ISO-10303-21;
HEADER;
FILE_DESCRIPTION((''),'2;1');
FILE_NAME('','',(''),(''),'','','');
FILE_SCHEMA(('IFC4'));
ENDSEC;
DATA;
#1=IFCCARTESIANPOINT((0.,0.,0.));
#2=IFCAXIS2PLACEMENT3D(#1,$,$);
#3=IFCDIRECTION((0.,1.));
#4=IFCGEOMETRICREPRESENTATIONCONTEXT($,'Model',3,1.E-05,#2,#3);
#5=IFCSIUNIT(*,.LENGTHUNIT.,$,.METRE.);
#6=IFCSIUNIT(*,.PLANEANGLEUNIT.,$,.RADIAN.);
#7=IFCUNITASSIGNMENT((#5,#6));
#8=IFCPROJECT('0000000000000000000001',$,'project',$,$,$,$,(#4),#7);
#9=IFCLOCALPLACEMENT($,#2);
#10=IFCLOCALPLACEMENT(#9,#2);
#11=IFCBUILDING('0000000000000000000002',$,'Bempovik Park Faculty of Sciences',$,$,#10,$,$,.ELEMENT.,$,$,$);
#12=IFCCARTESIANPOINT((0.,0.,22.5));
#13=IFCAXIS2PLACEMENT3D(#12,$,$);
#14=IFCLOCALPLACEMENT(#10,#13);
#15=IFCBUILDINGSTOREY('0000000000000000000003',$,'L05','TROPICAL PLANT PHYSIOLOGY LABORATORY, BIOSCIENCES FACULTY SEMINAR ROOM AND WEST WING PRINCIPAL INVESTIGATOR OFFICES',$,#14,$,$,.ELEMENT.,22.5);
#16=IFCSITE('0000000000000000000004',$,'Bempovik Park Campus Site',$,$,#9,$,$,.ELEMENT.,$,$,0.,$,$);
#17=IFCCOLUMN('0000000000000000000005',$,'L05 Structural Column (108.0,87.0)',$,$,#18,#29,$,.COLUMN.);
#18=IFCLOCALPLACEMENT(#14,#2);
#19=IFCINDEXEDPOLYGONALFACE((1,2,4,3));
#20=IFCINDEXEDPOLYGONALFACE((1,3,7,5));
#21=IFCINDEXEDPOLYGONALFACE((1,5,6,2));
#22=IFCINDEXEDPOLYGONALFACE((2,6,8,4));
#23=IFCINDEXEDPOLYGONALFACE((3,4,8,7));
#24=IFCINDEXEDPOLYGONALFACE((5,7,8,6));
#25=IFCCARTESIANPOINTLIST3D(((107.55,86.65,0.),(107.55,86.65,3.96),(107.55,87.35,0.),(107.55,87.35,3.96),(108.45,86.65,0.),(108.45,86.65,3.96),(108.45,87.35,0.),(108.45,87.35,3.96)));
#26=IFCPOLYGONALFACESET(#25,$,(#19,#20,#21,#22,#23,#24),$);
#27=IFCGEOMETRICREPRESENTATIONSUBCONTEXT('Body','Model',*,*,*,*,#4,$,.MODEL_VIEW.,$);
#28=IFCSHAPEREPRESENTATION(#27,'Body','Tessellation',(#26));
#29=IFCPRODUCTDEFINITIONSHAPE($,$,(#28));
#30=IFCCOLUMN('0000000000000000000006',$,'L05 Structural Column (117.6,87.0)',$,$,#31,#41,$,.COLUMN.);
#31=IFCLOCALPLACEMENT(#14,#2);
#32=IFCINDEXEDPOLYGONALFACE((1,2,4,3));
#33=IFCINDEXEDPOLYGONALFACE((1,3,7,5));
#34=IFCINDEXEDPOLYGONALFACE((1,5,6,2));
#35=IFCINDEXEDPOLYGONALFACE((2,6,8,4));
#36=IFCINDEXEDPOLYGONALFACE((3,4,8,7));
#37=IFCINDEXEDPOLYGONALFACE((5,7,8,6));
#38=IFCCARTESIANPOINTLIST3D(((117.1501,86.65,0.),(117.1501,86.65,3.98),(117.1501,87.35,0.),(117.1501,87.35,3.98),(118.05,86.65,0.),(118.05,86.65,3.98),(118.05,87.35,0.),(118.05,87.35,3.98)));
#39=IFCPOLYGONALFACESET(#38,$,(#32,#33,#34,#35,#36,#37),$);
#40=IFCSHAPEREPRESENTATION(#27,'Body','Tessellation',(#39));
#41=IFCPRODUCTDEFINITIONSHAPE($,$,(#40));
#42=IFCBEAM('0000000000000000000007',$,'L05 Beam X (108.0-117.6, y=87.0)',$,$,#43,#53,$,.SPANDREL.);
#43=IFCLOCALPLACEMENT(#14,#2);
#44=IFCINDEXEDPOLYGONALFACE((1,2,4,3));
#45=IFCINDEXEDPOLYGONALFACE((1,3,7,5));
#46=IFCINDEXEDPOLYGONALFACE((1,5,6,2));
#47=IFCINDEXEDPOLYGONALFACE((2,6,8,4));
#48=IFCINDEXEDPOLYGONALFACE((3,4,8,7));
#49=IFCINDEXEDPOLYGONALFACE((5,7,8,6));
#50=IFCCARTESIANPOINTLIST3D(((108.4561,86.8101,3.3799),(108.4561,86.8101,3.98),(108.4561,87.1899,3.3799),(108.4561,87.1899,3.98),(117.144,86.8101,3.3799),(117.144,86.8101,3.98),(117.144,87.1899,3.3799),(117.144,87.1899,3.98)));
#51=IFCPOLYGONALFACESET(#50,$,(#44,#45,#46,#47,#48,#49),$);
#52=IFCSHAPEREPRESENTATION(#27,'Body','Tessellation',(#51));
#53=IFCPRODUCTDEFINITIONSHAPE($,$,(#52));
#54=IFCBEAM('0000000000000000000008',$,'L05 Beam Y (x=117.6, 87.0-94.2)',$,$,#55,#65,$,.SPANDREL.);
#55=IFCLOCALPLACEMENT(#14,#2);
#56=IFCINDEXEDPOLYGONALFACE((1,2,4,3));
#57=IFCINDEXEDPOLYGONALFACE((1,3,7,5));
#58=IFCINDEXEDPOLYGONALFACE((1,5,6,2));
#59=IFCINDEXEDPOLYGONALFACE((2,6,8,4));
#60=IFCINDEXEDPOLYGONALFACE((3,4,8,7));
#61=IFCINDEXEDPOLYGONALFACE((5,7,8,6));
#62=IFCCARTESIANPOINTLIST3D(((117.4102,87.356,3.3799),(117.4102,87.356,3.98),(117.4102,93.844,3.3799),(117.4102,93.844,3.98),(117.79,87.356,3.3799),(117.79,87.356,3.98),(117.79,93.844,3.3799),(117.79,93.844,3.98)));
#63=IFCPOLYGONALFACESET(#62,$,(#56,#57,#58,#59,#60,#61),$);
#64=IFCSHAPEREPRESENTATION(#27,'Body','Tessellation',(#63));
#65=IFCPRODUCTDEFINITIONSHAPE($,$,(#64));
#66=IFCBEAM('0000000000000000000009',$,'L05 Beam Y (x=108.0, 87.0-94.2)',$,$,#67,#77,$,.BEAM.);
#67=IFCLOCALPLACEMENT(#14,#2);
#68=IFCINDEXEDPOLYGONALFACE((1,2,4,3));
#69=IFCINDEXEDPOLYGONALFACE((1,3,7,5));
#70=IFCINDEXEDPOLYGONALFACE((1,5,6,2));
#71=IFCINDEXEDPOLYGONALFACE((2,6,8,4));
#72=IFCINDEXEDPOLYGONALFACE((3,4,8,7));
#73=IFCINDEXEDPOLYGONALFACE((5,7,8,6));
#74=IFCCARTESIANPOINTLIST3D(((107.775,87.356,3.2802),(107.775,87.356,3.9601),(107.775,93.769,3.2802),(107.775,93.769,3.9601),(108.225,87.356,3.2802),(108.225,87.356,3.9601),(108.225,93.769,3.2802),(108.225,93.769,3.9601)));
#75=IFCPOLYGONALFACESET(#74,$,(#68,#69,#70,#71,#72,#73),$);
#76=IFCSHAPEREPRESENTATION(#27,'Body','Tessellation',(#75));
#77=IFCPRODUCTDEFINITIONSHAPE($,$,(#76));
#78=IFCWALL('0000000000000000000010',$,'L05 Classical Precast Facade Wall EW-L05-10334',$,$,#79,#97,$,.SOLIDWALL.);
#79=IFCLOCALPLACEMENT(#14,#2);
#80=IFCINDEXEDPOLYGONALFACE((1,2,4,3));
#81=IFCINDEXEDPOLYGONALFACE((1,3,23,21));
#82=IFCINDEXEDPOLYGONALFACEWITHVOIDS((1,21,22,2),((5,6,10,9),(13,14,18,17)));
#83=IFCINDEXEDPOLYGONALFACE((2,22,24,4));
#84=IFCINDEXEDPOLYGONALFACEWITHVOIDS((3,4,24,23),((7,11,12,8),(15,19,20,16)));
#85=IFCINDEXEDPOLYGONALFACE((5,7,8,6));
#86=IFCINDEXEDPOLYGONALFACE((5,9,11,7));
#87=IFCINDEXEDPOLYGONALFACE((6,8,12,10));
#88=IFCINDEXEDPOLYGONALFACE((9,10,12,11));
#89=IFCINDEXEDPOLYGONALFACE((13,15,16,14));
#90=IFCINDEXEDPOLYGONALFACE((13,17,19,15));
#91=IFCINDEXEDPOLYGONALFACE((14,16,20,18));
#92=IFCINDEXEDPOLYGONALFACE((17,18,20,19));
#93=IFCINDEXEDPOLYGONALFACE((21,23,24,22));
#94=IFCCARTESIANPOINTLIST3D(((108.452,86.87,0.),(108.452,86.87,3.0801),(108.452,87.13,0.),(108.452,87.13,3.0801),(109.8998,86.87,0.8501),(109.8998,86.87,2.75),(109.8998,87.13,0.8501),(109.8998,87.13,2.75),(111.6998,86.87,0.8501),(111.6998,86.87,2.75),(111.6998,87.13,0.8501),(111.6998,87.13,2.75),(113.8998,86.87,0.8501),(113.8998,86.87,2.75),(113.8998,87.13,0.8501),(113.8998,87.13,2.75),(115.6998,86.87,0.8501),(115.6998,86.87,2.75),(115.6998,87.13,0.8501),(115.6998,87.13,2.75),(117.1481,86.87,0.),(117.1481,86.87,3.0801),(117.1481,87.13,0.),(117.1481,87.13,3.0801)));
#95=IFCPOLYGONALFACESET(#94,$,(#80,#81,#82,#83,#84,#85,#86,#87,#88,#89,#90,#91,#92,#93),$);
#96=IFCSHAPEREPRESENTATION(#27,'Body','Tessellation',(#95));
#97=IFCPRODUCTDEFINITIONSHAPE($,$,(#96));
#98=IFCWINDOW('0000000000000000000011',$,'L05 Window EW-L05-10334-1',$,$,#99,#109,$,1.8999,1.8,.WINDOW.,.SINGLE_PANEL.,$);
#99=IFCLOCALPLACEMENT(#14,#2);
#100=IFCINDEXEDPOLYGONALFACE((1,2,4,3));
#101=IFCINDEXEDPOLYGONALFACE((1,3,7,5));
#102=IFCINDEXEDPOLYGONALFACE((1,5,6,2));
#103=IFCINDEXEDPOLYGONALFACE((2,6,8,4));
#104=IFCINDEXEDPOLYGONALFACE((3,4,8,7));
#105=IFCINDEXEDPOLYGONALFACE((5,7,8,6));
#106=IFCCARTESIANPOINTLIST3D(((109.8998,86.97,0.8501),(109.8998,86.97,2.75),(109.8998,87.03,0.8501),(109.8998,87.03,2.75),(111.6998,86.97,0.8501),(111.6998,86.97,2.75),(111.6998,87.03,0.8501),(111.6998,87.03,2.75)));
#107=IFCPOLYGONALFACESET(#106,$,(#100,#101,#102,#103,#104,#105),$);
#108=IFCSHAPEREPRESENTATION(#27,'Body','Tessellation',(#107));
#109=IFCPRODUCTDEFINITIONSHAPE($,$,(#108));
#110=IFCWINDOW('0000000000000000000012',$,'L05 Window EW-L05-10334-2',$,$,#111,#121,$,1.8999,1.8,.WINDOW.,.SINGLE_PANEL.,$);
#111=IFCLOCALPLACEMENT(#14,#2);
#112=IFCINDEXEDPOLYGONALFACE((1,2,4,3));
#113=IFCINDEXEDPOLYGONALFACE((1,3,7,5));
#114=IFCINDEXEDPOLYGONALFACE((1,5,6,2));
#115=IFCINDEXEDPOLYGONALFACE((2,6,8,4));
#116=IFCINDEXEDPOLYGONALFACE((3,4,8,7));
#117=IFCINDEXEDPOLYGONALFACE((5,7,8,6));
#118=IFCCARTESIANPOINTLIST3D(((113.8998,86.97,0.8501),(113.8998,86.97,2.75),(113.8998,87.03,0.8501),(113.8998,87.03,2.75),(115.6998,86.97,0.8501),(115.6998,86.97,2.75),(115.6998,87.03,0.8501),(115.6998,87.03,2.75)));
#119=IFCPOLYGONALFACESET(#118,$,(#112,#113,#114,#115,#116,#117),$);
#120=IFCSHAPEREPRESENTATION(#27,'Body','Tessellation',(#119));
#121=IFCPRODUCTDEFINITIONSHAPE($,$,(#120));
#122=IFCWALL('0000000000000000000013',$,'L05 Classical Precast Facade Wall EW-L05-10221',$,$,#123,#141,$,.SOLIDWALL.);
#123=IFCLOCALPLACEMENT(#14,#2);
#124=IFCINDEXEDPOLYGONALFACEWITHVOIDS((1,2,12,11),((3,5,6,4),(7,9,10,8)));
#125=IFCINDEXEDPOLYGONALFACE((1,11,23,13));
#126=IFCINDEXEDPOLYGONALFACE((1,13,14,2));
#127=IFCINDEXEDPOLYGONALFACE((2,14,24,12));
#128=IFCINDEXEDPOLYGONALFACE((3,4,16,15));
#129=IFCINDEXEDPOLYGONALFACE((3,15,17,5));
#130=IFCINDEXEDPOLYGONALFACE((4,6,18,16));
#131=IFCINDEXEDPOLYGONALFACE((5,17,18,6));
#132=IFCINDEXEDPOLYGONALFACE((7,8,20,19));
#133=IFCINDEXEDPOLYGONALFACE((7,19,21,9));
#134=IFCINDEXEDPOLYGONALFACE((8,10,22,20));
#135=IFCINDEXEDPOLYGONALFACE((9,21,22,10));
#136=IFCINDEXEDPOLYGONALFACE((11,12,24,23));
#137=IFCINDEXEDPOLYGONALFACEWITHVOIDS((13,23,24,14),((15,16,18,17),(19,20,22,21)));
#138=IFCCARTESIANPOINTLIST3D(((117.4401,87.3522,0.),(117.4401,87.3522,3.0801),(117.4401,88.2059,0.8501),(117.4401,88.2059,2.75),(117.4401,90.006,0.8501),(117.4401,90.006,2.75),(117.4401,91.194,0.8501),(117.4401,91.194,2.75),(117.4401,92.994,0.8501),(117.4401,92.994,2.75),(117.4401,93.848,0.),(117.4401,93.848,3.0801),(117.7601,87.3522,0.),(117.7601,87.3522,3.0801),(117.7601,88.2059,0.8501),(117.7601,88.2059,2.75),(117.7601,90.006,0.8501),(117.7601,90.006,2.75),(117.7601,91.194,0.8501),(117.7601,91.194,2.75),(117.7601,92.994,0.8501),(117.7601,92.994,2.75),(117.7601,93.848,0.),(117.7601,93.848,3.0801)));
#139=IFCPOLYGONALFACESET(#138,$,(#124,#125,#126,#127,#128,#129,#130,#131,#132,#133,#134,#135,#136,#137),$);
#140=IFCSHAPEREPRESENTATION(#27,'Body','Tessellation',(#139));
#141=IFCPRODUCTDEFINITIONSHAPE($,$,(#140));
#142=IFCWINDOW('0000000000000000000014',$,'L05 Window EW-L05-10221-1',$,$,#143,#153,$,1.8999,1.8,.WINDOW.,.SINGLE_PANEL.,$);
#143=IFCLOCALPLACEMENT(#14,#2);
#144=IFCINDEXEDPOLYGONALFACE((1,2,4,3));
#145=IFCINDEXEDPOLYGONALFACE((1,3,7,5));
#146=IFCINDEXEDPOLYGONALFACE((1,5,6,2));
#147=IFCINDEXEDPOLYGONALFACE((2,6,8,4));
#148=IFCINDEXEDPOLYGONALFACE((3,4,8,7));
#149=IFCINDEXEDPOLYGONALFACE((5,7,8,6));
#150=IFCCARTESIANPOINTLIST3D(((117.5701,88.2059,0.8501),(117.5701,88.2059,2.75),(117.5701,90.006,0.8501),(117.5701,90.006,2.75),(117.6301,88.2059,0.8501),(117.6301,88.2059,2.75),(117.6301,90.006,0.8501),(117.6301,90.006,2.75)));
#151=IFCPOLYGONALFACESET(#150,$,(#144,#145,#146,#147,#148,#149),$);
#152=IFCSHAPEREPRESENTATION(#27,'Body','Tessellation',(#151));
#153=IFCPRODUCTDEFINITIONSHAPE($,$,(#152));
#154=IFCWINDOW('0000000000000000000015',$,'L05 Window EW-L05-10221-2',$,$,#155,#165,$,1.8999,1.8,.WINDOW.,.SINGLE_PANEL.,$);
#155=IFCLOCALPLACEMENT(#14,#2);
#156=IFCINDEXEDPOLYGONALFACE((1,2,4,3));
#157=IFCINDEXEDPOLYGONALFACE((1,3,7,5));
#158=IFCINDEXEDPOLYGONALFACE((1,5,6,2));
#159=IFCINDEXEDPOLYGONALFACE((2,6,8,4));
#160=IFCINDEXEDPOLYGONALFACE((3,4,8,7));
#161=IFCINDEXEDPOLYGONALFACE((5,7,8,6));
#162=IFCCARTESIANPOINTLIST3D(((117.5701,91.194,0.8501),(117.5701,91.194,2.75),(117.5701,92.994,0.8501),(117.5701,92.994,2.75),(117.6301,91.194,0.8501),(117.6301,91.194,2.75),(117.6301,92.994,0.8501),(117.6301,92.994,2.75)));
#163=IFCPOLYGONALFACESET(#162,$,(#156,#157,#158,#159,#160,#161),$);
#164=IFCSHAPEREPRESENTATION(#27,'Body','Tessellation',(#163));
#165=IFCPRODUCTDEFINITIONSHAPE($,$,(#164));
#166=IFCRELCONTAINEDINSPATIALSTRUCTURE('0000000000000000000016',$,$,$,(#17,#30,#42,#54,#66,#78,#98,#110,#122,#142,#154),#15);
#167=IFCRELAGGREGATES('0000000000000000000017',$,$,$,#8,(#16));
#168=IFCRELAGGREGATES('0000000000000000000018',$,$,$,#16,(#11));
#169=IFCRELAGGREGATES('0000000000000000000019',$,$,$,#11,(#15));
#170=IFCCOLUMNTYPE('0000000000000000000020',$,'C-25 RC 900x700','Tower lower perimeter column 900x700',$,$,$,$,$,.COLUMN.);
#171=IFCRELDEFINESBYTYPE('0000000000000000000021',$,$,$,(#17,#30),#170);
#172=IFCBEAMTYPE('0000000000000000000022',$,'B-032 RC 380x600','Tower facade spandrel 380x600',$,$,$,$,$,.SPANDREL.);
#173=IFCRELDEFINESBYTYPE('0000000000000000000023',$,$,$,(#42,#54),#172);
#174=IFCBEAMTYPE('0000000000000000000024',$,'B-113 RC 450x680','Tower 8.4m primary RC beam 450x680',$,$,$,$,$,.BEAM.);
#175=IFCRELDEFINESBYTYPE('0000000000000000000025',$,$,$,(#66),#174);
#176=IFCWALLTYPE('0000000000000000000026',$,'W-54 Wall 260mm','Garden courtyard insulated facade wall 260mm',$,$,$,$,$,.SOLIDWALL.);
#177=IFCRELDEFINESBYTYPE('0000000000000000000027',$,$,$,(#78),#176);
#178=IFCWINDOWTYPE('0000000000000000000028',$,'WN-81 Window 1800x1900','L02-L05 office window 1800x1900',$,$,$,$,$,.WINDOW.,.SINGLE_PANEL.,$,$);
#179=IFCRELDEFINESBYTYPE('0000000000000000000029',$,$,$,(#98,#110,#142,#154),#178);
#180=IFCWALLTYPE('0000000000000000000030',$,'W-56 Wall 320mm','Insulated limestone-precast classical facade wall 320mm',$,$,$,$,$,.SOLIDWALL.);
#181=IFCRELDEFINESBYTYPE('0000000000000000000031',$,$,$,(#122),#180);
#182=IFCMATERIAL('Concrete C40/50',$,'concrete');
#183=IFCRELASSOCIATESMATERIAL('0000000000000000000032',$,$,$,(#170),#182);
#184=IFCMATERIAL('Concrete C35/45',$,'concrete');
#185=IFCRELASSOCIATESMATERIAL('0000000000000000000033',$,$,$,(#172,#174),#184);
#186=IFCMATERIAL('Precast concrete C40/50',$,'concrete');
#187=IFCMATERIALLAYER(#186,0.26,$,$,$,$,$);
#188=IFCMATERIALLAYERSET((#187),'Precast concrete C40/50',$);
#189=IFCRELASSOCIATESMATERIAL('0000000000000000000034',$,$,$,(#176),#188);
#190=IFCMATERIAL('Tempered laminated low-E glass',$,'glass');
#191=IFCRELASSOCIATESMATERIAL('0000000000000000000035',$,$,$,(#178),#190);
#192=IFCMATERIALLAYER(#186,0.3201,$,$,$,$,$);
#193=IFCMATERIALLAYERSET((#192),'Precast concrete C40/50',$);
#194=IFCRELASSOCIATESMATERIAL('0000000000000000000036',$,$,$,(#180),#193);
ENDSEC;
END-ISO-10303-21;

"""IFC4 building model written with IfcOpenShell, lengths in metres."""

from ifc_helpers import new_model, si_unit, direction, frame, frame_2d, origin, origin_2d, place, context, subcontext, project, spatial, rectangle, extrude, material, layer, layer_set, material_profile, profile_set, type_object, element, fill, save


model = new_model("IFC4")

# Units and contexts
model_context = context("Model", 3, precision=1e-05, world=origin(), true_north=direction((0.0, 1.0)))
body_context = subcontext(model_context, "Body", "Model", "MODEL_VIEW")
ifc_project = project(units=[si_unit("LENGTHUNIT", "METRE"), si_unit("PLANEANGLEUNIT", "RADIAN")], contexts=[model_context])

# Site, building, storey
site_placement = place(None, origin())
site = spatial("IfcSite", under=ifc_project, at=site_placement, Name="Bempovik Park Campus Site", CompositionType="ELEMENT", RefElevation=0.0)
building_placement = place(site_placement, origin())
building = spatial("IfcBuilding", under=site, at=building_placement, Name="Bempovik Park Faculty of Sciences", CompositionType="ELEMENT")
storey_placement = place(building_placement, frame((0.0, 0.0, 22.5)))
storey = spatial("IfcBuildingStorey", under=building, at=storey_placement, Name="L05", Description="TROPICAL PLANT PHYSIOLOGY LABORATORY, BIOSCIENCES FACULTY SEMINAR ROOM AND WEST WING PRINCIPAL INVESTIGATOR OFFICES", CompositionType="ELEMENT", Elevation=22.5)

# Columns
ifc_material_1 = material(Name="Concrete C40/50", Category="concrete")
ifc_material_profile_1 = material_profile(ifc_material_1, rectangle(XDim=0.8999, YDim=0.7, at=origin_2d()), Name="RC 900x700")
ifc_profile_set_1 = profile_set([ifc_material_profile_1], Name="Concrete C40/50")
column_type = type_object("IfcColumnType", Name="C-25 RC 900x700", Description="Tower lower perimeter column 900x700", PredefinedType="COLUMN", material=ifc_profile_set_1)
column_1_placement = place(storey_placement, frame((108.0, 87.0, 0.0), z_axis=(0.0, 0.0, 1.0), x_axis=(1.0, 0.0, 0.0)))
element("IfcColumn", 1, at=column_1_placement, inside=storey, type_object=column_type, Name="L05 Structural Column (108.0,87.0)", PredefinedType="COLUMN", context=body_context, shape_type="SweptSolid", body=[
    extrude(rectangle(XDim=0.8999, YDim=0.7, at=origin_2d()), origin(), (0.0, 0.0, 1.0), 3.96),
])
column_2_placement = place(storey_placement, frame((117.6001, 87.0, 0.0), z_axis=(0.0, 0.0, 1.0), x_axis=(1.0, 0.0, 0.0)))
element("IfcColumn", 2, at=column_2_placement, inside=storey, type_object=column_type, Name="L05 Structural Column (117.6,87.0)", PredefinedType="COLUMN", context=body_context, shape_type="SweptSolid", body=[
    extrude(rectangle(XDim=0.8999, YDim=0.7, at=origin_2d()), origin(), (0.0, 0.0, 1.0), 3.98),
])

# Beams
ifc_material_2 = material(Name="Concrete C35/45", Category="concrete")
ifc_material_profile_2 = material_profile(ifc_material_2, rectangle(XDim=0.3799, YDim=0.6001, at=origin_2d()), Name="RC 380x600")
ifc_profile_set_2 = profile_set([ifc_material_profile_2], Name="Concrete C35/45")
beam_type_1 = type_object("IfcBeamType", Name="B-032 RC 380x600", Description="Tower facade spandrel 380x600", PredefinedType="SPANDREL", material=ifc_profile_set_2)
beam_1_placement = place(storey_placement, frame((108.4561, 87.0, 3.6799), z_axis=(1.0, 0.0, 0.0), x_axis=(0.0, 1.0, 0.0)))
element("IfcBeam", 3, at=beam_1_placement, inside=storey, type_object=beam_type_1, Name="L05 Beam X (108.0-117.6, y=87.0)", PredefinedType="SPANDREL", context=body_context, shape_type="SweptSolid", body=[
    extrude(rectangle(XDim=0.3799, YDim=0.6001, at=origin_2d()), origin(), (0.0, 0.0, 1.0), 8.688),
])
beam_2_placement = place(storey_placement, frame((117.6001, 87.356, 3.6799), z_axis=(0.0, 1.0, 0.0), x_axis=(-1.0, 0.0, 0.0)))
element("IfcBeam", 4, at=beam_2_placement, inside=storey, type_object=beam_type_1, Name="L05 Beam Y (x=117.6, 87.0-94.2)", PredefinedType="SPANDREL", context=body_context, shape_type="SweptSolid", body=[
    extrude(rectangle(XDim=0.3799, YDim=0.6001, at=origin_2d()), origin(), (0.0, 0.0, 1.0), 6.488),
])
ifc_material_profile_3 = material_profile(ifc_material_2, rectangle(XDim=0.45, YDim=0.6799, at=origin_2d()), Name="RC 450x680")
ifc_profile_set_3 = profile_set([ifc_material_profile_3], Name="Concrete C35/45")
beam_type_2 = type_object("IfcBeamType", Name="B-113 RC 450x680", Description="Tower 8.4m primary RC beam 450x680", PredefinedType="BEAM", material=ifc_profile_set_3)
beam_3_placement = place(storey_placement, frame((108.0, 87.356, 3.6201), z_axis=(0.0, 1.0, 0.0), x_axis=(-1.0, 0.0, 0.0)))
element("IfcBeam", 5, at=beam_3_placement, inside=storey, type_object=beam_type_2, Name="L05 Beam Y (x=108.0, 87.0-94.2)", PredefinedType="BEAM", context=body_context, shape_type="SweptSolid", body=[
    extrude(rectangle(XDim=0.45, YDim=0.6799, at=origin_2d()), origin(), (0.0, 0.0, 1.0), 6.4131),
])

# Walls, openings, windows
ifc_material_3 = material(Name="Precast concrete C40/50", Category="concrete")
ifc_layer_1 = layer(ifc_material_3, 0.26)
ifc_layer_set_1 = layer_set([ifc_layer_1], Name="Precast concrete C40/50")
wall_type_1 = type_object("IfcWallType", Name="W-54 Wall 260mm", Description="Garden courtyard insulated facade wall 260mm", PredefinedType="SOLIDWALL", material=ifc_layer_set_1)
wall_1_placement = place(storey_placement, frame((108.4519, 87.0, 0.0), z_axis=(0.0, 0.0, 1.0), x_axis=(1.0, 0.0, 0.0)))
wall_1 = element("IfcWall", 6, at=wall_1_placement, inside=storey, type_object=wall_type_1, Name="L05 Classical Precast Facade Wall EW-L05-10334", PredefinedType="SOLIDWALL", context=body_context, shape_type="SweptSolid", body=[
    extrude(rectangle(XDim=8.696, YDim=0.26, at=frame_2d((4.3481, 0.0))), origin(), (0.0, 0.0, 1.0), 3.0801),
])
opening_1_placement = place(wall_1_placement, frame((1.448, 0.0, 0.8501)))
opening_1 = element("IfcOpeningElement", 7, at=opening_1_placement, cuts=wall_1, PredefinedType="OPENING", context=body_context, shape_type="SweptSolid", body=[
    extrude(rectangle(XDim=1.8, YDim=1.8999, at=frame_2d((0.8999, 0.95))), frame((0.0, 0.1401, 0.0), z_axis=(0.0, -1.0, 0.0), x_axis=(1.0, 0.0, 0.0)), (0.0, 0.0, 1.0), 0.28),
])
opening_2_placement = place(wall_1_placement, frame((5.448, 0.0, 0.8501)))
opening_2 = element("IfcOpeningElement", 8, at=opening_2_placement, cuts=wall_1, PredefinedType="OPENING", context=body_context, shape_type="SweptSolid", body=[
    extrude(rectangle(XDim=1.8, YDim=1.8999, at=frame_2d((0.8999, 0.95))), frame((0.0, 0.1401, 0.0), z_axis=(0.0, -1.0, 0.0), x_axis=(1.0, 0.0, 0.0)), (0.0, 0.0, 1.0), 0.28),
])
ifc_material_4 = material(Name="Tempered laminated low-E glass", Category="glass")
window_type = type_object("IfcWindowType", Name="WN-81 Window 1800x1900", Description="L02-L05 office window 1800x1900", PartitioningType="SINGLE_PANEL", PredefinedType="WINDOW", material=ifc_material_4)
window_1_placement = place(opening_1_placement, origin())
window_1 = element("IfcWindow", 9, at=window_1_placement, inside=storey, type_object=window_type, Name="L05 Window EW-L05-10334-1", OverallHeight=1.8999, OverallWidth=1.8, PartitioningType="SINGLE_PANEL", PredefinedType="WINDOW", context=body_context, shape_type="SweptSolid", body=[
    extrude(rectangle(XDim=1.8, YDim=1.8999, at=frame_2d((0.8999, 0.95))), frame((0.0, 0.03, 0.0), z_axis=(0.0, -1.0, 0.0), x_axis=(1.0, 0.0, 0.0)), (0.0, 0.0, 1.0), 0.0601),
])
fill(opening_1, window_1)
window_2_placement = place(opening_2_placement, origin())
window_2 = element("IfcWindow", 10, at=window_2_placement, inside=storey, type_object=window_type, Name="L05 Window EW-L05-10334-2", OverallHeight=1.8999, OverallWidth=1.8, PartitioningType="SINGLE_PANEL", PredefinedType="WINDOW", context=body_context, shape_type="SweptSolid", body=[
    extrude(rectangle(XDim=1.8, YDim=1.8999, at=frame_2d((0.8999, 0.95))), frame((0.0, 0.03, 0.0), z_axis=(0.0, -1.0, 0.0), x_axis=(1.0, 0.0, 0.0)), (0.0, 0.0, 1.0), 0.0601),
])
fill(opening_2, window_2)
ifc_layer_2 = layer(ifc_material_3, 0.3201)
ifc_layer_set_2 = layer_set([ifc_layer_2], Name="Precast concrete C40/50")
wall_type_2 = type_object("IfcWallType", Name="W-56 Wall 320mm", Description="Insulated limestone-precast classical facade wall 320mm", PredefinedType="SOLIDWALL", material=ifc_layer_set_2)
wall_2_placement = place(storey_placement, frame((117.6001, 87.3521, 0.0), z_axis=(0.0, 0.0, 1.0), x_axis=(0.0, 1.0, 0.0)))
wall_2 = element("IfcWall", 11, at=wall_2_placement, inside=storey, type_object=wall_type_2, Name="L05 Classical Precast Facade Wall EW-L05-10221", PredefinedType="SOLIDWALL", context=body_context, shape_type="SweptSolid", body=[
    extrude(rectangle(XDim=6.4958, YDim=0.3201, at=frame_2d((3.248, 0.0))), origin(), (0.0, 0.0, 1.0), 3.0801),
])
opening_3_placement = place(wall_2_placement, frame((0.854, 0.0, 0.8501)))
opening_3 = element("IfcOpeningElement", 12, at=opening_3_placement, cuts=wall_2, PredefinedType="OPENING", context=body_context, shape_type="SweptSolid", body=[
    extrude(rectangle(XDim=1.8, YDim=1.8999, at=frame_2d((0.8999, 0.95))), frame((0.0, 0.1699, 0.0), z_axis=(0.0, -1.0, 0.0), x_axis=(1.0, 0.0, 0.0)), (0.0, 0.0, 1.0), 0.3401),
])
opening_4_placement = place(wall_2_placement, frame((3.842, 0.0, 0.8501)))
opening_4 = element("IfcOpeningElement", 13, at=opening_4_placement, cuts=wall_2, PredefinedType="OPENING", context=body_context, shape_type="SweptSolid", body=[
    extrude(rectangle(XDim=1.8, YDim=1.8999, at=frame_2d((0.8999, 0.95))), frame((0.0, 0.1699, 0.0), z_axis=(0.0, -1.0, 0.0), x_axis=(1.0, 0.0, 0.0)), (0.0, 0.0, 1.0), 0.3401),
])
window_3_placement = place(opening_3_placement, origin())
window_3 = element("IfcWindow", 14, at=window_3_placement, inside=storey, type_object=window_type, Name="L05 Window EW-L05-10221-1", OverallHeight=1.8999, OverallWidth=1.8, PartitioningType="SINGLE_PANEL", PredefinedType="WINDOW", context=body_context, shape_type="SweptSolid", body=[
    extrude(rectangle(XDim=1.8, YDim=1.8999, at=frame_2d((0.8999, 0.95))), frame((0.0, 0.03, 0.0), z_axis=(0.0, -1.0, 0.0), x_axis=(1.0, 0.0, 0.0)), (0.0, 0.0, 1.0), 0.0601),
])
fill(opening_3, window_3)
window_4_placement = place(opening_4_placement, origin())
window_4 = element("IfcWindow", 15, at=window_4_placement, inside=storey, type_object=window_type, Name="L05 Window EW-L05-10221-2", OverallHeight=1.8999, OverallWidth=1.8, PartitioningType="SINGLE_PANEL", PredefinedType="WINDOW", context=body_context, shape_type="SweptSolid", body=[
    extrude(rectangle(XDim=1.8, YDim=1.8999, at=frame_2d((0.8999, 0.95))), frame((0.0, 0.03, 0.0), z_axis=(0.0, -1.0, 0.0), x_axis=(1.0, 0.0, 0.0)), (0.0, 0.0, 1.0), 0.0601),
])
fill(opening_4, window_4)

save(model, "model.ifc")
